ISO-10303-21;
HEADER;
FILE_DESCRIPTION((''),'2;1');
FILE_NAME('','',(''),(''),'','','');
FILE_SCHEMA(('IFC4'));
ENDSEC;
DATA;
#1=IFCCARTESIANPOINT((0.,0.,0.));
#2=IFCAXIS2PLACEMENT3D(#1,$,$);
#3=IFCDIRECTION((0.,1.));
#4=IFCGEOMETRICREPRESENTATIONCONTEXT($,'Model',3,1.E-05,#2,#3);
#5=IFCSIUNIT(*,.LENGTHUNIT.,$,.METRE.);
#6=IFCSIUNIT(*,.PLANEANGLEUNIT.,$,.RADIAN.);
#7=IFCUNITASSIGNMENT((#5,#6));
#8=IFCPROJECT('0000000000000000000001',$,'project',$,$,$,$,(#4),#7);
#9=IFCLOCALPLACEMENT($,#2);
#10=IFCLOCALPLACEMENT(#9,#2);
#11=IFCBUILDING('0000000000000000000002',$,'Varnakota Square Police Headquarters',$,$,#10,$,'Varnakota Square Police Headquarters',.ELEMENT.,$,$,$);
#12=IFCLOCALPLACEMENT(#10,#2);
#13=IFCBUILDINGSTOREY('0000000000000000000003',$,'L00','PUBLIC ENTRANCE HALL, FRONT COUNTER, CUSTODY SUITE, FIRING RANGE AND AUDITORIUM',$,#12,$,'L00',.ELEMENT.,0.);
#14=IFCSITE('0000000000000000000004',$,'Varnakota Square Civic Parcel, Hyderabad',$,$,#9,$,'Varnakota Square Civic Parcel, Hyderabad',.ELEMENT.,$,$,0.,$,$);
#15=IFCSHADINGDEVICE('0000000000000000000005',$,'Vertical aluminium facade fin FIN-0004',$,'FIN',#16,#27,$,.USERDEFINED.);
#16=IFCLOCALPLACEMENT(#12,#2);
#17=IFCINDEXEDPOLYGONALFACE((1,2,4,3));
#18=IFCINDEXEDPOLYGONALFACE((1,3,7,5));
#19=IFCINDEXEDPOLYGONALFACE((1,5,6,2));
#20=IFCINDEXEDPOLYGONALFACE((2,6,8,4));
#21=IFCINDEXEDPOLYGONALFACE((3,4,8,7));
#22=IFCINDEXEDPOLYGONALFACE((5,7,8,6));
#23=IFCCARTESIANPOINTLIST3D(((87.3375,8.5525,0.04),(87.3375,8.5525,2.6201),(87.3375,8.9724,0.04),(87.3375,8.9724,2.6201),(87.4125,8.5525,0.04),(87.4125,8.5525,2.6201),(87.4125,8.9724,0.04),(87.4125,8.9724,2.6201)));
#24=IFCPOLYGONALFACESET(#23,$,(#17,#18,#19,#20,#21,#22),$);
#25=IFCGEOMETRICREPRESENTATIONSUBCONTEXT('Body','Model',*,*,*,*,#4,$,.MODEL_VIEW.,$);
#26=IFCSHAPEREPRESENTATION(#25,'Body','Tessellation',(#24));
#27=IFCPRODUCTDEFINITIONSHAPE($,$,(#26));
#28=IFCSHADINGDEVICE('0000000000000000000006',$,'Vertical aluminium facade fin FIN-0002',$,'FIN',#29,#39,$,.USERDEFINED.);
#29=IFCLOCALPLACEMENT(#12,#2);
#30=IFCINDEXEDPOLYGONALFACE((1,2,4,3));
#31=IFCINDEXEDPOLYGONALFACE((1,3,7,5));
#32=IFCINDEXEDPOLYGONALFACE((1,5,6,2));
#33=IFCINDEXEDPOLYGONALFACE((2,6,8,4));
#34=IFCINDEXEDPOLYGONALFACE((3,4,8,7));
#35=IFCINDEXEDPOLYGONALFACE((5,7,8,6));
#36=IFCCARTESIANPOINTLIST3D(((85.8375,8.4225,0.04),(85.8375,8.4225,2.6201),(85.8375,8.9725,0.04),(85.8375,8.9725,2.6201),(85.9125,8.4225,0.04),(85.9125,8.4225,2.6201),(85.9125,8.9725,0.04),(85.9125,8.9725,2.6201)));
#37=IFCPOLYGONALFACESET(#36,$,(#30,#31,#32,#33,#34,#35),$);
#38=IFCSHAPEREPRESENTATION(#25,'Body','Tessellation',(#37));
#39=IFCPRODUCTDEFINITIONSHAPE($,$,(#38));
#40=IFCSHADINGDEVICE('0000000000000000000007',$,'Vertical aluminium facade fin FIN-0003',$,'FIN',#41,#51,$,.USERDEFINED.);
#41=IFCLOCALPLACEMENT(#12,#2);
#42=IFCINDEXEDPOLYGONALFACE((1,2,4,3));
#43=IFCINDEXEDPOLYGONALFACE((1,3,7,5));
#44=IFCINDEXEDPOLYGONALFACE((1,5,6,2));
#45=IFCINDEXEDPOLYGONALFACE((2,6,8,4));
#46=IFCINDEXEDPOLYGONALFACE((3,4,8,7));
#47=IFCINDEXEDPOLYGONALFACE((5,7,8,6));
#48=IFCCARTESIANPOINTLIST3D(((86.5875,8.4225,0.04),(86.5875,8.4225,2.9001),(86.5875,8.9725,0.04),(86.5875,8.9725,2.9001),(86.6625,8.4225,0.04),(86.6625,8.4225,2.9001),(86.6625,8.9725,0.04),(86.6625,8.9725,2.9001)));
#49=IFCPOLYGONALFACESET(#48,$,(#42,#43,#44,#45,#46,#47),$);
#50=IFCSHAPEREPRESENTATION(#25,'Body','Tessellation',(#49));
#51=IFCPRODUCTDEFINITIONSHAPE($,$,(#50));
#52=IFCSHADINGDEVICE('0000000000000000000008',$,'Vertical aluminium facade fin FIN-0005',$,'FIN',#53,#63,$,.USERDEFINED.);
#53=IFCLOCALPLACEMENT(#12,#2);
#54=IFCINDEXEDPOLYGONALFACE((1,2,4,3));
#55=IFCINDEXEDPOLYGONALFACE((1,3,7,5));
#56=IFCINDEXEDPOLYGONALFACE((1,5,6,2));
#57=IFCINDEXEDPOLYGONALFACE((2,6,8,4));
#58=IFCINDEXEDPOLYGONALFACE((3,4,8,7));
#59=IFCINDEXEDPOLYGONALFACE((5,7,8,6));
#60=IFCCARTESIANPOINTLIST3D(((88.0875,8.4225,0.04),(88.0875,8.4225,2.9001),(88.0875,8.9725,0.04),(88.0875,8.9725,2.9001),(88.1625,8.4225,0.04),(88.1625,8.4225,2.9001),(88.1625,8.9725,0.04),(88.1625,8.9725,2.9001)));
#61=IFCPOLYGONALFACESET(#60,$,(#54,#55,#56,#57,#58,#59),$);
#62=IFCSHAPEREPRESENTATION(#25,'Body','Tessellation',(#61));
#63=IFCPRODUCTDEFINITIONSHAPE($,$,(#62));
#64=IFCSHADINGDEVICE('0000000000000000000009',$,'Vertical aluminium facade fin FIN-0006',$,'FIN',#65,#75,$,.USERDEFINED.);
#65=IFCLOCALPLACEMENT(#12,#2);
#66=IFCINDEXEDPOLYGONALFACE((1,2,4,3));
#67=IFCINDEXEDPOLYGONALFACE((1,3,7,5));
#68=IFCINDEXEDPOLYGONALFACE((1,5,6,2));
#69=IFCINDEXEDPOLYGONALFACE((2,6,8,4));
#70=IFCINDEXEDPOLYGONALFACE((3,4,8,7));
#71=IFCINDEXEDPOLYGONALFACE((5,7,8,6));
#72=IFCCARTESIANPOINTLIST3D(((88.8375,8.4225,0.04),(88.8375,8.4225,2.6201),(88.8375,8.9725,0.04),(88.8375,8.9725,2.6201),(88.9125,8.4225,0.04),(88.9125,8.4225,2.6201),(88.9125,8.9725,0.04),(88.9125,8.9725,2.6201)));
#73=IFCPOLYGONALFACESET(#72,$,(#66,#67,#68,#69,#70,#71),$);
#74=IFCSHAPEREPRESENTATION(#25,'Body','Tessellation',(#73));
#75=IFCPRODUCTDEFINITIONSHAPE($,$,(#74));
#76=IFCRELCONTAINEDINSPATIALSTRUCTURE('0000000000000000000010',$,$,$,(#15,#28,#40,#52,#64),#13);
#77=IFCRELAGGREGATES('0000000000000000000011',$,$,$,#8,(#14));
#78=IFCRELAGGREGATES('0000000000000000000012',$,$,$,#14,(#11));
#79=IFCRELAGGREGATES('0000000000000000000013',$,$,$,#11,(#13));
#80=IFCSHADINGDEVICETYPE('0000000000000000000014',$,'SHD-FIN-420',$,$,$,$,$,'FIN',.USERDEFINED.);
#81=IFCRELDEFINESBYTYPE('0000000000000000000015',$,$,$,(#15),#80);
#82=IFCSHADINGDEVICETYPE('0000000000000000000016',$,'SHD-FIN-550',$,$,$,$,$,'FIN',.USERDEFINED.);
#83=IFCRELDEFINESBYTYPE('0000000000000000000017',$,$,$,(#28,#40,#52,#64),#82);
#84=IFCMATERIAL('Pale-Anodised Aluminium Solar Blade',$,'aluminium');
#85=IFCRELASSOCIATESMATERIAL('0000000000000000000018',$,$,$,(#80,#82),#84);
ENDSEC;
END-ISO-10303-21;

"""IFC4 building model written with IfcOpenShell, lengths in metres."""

from ifc_helpers import new_model, si_unit, direction, frame, origin, origin_2d, place, context, subcontext, project, spatial, rectangle, extrude, material, type_object, element, save


model = new_model("IFC4")

# Units and contexts
model_context = context("Model", 3, precision=1e-05, world=origin(), true_north=direction((0.0, 1.0)))
body_context = subcontext(model_context, "Body", "Model", "MODEL_VIEW")
ifc_project = project(units=[si_unit("LENGTHUNIT", "METRE"), si_unit("PLANEANGLEUNIT", "RADIAN")], contexts=[model_context])

# Site, building, storey
site_placement = place(None, origin())
site = spatial("IfcSite", under=ifc_project, at=site_placement, Name="Varnakota Square Civic Parcel, Hyderabad", LongName="Varnakota Square Civic Parcel, Hyderabad", CompositionType="ELEMENT", RefElevation=0.0)
building_placement = place(site_placement, origin())
building = spatial("IfcBuilding", under=site, at=building_placement, Name="Varnakota Square Police Headquarters", LongName="Varnakota Square Police Headquarters", CompositionType="ELEMENT")
storey_placement = place(building_placement, origin())
storey = spatial("IfcBuildingStorey", under=building, at=storey_placement, Name="L00", Description="PUBLIC ENTRANCE HALL, FRONT COUNTER, CUSTODY SUITE, FIRING RANGE AND AUDITORIUM", LongName="L00", CompositionType="ELEMENT", Elevation=0.0)

# Shading devices
ifc_material_1 = material(Name="Pale-Anodised Aluminium Solar Blade", Category="aluminium")
shading_device_type_1 = type_object("IfcShadingDeviceType", Name="SHD-FIN-420", ElementType="FIN", PredefinedType="USERDEFINED", material=ifc_material_1)
shading_device_1_placement = place(storey_placement, frame((87.375, 8.7625, 0.04), z_axis=(0.0, 0.0, 1.0), x_axis=(1.0, 0.0, 0.0)))
element("IfcShadingDevice", 1, at=shading_device_1_placement, inside=storey, type_object=shading_device_type_1, Name="Vertical aluminium facade fin FIN-0004", ObjectType="FIN", PredefinedType="USERDEFINED", context=body_context, shape_type="SweptSolid", body=[
    extrude(rectangle(XDim=0.075, YDim=0.4199, at=origin_2d()), origin(), (0.0, 0.0, 1.0), 2.5801),
])
shading_device_type_2 = type_object("IfcShadingDeviceType", Name="SHD-FIN-550", ElementType="FIN", PredefinedType="USERDEFINED", material=ifc_material_1)
shading_device_2_placement = place(storey_placement, frame((85.875, 8.6975, 0.04), z_axis=(0.0, 0.0, 1.0), x_axis=(1.0, 0.0, 0.0)))
element("IfcShadingDevice", 2, at=shading_device_2_placement, inside=storey, type_object=shading_device_type_2, Name="Vertical aluminium facade fin FIN-0002", ObjectType="FIN", PredefinedType="USERDEFINED", context=body_context, shape_type="SweptSolid", body=[
    extrude(rectangle(XDim=0.075, YDim=0.55, at=origin_2d()), origin(), (0.0, 0.0, 1.0), 2.5801),
])
for number, where, z_axis, x_axis, name in (
    (3, (86.625, 8.6975, 0.04), (0.0, 0.0, 1.0), (1.0, 0.0, 0.0), "Vertical aluminium facade fin FIN-0003"),
    (4, (88.125, 8.6975, 0.04), (0.0, 0.0, 1.0), (1.0, 0.0, 0.0), "Vertical aluminium facade fin FIN-0005"),
):
    element("IfcShadingDevice", number, at=place(storey_placement, frame(where, z_axis=z_axis, x_axis=x_axis)), inside=storey, type_object=shading_device_type_2, Name=name, ObjectType="FIN", PredefinedType="USERDEFINED", context=body_context, shape_type="SweptSolid", body=[
        extrude(rectangle(XDim=0.075, YDim=0.55, at=origin_2d()), origin(), (0.0, 0.0, 1.0), 2.8601),
    ])
shading_device_3_placement = place(storey_placement, frame((88.875, 8.6975, 0.04), z_axis=(0.0, 0.0, 1.0), x_axis=(1.0, 0.0, 0.0)))
element("IfcShadingDevice", 5, at=shading_device_3_placement, inside=storey, type_object=shading_device_type_2, Name="Vertical aluminium facade fin FIN-0006", ObjectType="FIN", PredefinedType="USERDEFINED", context=body_context, shape_type="SweptSolid", body=[
    extrude(rectangle(XDim=0.075, YDim=0.55, at=origin_2d()), origin(), (0.0, 0.0, 1.0), 2.5801),
])

save(model, "model.ifc")
